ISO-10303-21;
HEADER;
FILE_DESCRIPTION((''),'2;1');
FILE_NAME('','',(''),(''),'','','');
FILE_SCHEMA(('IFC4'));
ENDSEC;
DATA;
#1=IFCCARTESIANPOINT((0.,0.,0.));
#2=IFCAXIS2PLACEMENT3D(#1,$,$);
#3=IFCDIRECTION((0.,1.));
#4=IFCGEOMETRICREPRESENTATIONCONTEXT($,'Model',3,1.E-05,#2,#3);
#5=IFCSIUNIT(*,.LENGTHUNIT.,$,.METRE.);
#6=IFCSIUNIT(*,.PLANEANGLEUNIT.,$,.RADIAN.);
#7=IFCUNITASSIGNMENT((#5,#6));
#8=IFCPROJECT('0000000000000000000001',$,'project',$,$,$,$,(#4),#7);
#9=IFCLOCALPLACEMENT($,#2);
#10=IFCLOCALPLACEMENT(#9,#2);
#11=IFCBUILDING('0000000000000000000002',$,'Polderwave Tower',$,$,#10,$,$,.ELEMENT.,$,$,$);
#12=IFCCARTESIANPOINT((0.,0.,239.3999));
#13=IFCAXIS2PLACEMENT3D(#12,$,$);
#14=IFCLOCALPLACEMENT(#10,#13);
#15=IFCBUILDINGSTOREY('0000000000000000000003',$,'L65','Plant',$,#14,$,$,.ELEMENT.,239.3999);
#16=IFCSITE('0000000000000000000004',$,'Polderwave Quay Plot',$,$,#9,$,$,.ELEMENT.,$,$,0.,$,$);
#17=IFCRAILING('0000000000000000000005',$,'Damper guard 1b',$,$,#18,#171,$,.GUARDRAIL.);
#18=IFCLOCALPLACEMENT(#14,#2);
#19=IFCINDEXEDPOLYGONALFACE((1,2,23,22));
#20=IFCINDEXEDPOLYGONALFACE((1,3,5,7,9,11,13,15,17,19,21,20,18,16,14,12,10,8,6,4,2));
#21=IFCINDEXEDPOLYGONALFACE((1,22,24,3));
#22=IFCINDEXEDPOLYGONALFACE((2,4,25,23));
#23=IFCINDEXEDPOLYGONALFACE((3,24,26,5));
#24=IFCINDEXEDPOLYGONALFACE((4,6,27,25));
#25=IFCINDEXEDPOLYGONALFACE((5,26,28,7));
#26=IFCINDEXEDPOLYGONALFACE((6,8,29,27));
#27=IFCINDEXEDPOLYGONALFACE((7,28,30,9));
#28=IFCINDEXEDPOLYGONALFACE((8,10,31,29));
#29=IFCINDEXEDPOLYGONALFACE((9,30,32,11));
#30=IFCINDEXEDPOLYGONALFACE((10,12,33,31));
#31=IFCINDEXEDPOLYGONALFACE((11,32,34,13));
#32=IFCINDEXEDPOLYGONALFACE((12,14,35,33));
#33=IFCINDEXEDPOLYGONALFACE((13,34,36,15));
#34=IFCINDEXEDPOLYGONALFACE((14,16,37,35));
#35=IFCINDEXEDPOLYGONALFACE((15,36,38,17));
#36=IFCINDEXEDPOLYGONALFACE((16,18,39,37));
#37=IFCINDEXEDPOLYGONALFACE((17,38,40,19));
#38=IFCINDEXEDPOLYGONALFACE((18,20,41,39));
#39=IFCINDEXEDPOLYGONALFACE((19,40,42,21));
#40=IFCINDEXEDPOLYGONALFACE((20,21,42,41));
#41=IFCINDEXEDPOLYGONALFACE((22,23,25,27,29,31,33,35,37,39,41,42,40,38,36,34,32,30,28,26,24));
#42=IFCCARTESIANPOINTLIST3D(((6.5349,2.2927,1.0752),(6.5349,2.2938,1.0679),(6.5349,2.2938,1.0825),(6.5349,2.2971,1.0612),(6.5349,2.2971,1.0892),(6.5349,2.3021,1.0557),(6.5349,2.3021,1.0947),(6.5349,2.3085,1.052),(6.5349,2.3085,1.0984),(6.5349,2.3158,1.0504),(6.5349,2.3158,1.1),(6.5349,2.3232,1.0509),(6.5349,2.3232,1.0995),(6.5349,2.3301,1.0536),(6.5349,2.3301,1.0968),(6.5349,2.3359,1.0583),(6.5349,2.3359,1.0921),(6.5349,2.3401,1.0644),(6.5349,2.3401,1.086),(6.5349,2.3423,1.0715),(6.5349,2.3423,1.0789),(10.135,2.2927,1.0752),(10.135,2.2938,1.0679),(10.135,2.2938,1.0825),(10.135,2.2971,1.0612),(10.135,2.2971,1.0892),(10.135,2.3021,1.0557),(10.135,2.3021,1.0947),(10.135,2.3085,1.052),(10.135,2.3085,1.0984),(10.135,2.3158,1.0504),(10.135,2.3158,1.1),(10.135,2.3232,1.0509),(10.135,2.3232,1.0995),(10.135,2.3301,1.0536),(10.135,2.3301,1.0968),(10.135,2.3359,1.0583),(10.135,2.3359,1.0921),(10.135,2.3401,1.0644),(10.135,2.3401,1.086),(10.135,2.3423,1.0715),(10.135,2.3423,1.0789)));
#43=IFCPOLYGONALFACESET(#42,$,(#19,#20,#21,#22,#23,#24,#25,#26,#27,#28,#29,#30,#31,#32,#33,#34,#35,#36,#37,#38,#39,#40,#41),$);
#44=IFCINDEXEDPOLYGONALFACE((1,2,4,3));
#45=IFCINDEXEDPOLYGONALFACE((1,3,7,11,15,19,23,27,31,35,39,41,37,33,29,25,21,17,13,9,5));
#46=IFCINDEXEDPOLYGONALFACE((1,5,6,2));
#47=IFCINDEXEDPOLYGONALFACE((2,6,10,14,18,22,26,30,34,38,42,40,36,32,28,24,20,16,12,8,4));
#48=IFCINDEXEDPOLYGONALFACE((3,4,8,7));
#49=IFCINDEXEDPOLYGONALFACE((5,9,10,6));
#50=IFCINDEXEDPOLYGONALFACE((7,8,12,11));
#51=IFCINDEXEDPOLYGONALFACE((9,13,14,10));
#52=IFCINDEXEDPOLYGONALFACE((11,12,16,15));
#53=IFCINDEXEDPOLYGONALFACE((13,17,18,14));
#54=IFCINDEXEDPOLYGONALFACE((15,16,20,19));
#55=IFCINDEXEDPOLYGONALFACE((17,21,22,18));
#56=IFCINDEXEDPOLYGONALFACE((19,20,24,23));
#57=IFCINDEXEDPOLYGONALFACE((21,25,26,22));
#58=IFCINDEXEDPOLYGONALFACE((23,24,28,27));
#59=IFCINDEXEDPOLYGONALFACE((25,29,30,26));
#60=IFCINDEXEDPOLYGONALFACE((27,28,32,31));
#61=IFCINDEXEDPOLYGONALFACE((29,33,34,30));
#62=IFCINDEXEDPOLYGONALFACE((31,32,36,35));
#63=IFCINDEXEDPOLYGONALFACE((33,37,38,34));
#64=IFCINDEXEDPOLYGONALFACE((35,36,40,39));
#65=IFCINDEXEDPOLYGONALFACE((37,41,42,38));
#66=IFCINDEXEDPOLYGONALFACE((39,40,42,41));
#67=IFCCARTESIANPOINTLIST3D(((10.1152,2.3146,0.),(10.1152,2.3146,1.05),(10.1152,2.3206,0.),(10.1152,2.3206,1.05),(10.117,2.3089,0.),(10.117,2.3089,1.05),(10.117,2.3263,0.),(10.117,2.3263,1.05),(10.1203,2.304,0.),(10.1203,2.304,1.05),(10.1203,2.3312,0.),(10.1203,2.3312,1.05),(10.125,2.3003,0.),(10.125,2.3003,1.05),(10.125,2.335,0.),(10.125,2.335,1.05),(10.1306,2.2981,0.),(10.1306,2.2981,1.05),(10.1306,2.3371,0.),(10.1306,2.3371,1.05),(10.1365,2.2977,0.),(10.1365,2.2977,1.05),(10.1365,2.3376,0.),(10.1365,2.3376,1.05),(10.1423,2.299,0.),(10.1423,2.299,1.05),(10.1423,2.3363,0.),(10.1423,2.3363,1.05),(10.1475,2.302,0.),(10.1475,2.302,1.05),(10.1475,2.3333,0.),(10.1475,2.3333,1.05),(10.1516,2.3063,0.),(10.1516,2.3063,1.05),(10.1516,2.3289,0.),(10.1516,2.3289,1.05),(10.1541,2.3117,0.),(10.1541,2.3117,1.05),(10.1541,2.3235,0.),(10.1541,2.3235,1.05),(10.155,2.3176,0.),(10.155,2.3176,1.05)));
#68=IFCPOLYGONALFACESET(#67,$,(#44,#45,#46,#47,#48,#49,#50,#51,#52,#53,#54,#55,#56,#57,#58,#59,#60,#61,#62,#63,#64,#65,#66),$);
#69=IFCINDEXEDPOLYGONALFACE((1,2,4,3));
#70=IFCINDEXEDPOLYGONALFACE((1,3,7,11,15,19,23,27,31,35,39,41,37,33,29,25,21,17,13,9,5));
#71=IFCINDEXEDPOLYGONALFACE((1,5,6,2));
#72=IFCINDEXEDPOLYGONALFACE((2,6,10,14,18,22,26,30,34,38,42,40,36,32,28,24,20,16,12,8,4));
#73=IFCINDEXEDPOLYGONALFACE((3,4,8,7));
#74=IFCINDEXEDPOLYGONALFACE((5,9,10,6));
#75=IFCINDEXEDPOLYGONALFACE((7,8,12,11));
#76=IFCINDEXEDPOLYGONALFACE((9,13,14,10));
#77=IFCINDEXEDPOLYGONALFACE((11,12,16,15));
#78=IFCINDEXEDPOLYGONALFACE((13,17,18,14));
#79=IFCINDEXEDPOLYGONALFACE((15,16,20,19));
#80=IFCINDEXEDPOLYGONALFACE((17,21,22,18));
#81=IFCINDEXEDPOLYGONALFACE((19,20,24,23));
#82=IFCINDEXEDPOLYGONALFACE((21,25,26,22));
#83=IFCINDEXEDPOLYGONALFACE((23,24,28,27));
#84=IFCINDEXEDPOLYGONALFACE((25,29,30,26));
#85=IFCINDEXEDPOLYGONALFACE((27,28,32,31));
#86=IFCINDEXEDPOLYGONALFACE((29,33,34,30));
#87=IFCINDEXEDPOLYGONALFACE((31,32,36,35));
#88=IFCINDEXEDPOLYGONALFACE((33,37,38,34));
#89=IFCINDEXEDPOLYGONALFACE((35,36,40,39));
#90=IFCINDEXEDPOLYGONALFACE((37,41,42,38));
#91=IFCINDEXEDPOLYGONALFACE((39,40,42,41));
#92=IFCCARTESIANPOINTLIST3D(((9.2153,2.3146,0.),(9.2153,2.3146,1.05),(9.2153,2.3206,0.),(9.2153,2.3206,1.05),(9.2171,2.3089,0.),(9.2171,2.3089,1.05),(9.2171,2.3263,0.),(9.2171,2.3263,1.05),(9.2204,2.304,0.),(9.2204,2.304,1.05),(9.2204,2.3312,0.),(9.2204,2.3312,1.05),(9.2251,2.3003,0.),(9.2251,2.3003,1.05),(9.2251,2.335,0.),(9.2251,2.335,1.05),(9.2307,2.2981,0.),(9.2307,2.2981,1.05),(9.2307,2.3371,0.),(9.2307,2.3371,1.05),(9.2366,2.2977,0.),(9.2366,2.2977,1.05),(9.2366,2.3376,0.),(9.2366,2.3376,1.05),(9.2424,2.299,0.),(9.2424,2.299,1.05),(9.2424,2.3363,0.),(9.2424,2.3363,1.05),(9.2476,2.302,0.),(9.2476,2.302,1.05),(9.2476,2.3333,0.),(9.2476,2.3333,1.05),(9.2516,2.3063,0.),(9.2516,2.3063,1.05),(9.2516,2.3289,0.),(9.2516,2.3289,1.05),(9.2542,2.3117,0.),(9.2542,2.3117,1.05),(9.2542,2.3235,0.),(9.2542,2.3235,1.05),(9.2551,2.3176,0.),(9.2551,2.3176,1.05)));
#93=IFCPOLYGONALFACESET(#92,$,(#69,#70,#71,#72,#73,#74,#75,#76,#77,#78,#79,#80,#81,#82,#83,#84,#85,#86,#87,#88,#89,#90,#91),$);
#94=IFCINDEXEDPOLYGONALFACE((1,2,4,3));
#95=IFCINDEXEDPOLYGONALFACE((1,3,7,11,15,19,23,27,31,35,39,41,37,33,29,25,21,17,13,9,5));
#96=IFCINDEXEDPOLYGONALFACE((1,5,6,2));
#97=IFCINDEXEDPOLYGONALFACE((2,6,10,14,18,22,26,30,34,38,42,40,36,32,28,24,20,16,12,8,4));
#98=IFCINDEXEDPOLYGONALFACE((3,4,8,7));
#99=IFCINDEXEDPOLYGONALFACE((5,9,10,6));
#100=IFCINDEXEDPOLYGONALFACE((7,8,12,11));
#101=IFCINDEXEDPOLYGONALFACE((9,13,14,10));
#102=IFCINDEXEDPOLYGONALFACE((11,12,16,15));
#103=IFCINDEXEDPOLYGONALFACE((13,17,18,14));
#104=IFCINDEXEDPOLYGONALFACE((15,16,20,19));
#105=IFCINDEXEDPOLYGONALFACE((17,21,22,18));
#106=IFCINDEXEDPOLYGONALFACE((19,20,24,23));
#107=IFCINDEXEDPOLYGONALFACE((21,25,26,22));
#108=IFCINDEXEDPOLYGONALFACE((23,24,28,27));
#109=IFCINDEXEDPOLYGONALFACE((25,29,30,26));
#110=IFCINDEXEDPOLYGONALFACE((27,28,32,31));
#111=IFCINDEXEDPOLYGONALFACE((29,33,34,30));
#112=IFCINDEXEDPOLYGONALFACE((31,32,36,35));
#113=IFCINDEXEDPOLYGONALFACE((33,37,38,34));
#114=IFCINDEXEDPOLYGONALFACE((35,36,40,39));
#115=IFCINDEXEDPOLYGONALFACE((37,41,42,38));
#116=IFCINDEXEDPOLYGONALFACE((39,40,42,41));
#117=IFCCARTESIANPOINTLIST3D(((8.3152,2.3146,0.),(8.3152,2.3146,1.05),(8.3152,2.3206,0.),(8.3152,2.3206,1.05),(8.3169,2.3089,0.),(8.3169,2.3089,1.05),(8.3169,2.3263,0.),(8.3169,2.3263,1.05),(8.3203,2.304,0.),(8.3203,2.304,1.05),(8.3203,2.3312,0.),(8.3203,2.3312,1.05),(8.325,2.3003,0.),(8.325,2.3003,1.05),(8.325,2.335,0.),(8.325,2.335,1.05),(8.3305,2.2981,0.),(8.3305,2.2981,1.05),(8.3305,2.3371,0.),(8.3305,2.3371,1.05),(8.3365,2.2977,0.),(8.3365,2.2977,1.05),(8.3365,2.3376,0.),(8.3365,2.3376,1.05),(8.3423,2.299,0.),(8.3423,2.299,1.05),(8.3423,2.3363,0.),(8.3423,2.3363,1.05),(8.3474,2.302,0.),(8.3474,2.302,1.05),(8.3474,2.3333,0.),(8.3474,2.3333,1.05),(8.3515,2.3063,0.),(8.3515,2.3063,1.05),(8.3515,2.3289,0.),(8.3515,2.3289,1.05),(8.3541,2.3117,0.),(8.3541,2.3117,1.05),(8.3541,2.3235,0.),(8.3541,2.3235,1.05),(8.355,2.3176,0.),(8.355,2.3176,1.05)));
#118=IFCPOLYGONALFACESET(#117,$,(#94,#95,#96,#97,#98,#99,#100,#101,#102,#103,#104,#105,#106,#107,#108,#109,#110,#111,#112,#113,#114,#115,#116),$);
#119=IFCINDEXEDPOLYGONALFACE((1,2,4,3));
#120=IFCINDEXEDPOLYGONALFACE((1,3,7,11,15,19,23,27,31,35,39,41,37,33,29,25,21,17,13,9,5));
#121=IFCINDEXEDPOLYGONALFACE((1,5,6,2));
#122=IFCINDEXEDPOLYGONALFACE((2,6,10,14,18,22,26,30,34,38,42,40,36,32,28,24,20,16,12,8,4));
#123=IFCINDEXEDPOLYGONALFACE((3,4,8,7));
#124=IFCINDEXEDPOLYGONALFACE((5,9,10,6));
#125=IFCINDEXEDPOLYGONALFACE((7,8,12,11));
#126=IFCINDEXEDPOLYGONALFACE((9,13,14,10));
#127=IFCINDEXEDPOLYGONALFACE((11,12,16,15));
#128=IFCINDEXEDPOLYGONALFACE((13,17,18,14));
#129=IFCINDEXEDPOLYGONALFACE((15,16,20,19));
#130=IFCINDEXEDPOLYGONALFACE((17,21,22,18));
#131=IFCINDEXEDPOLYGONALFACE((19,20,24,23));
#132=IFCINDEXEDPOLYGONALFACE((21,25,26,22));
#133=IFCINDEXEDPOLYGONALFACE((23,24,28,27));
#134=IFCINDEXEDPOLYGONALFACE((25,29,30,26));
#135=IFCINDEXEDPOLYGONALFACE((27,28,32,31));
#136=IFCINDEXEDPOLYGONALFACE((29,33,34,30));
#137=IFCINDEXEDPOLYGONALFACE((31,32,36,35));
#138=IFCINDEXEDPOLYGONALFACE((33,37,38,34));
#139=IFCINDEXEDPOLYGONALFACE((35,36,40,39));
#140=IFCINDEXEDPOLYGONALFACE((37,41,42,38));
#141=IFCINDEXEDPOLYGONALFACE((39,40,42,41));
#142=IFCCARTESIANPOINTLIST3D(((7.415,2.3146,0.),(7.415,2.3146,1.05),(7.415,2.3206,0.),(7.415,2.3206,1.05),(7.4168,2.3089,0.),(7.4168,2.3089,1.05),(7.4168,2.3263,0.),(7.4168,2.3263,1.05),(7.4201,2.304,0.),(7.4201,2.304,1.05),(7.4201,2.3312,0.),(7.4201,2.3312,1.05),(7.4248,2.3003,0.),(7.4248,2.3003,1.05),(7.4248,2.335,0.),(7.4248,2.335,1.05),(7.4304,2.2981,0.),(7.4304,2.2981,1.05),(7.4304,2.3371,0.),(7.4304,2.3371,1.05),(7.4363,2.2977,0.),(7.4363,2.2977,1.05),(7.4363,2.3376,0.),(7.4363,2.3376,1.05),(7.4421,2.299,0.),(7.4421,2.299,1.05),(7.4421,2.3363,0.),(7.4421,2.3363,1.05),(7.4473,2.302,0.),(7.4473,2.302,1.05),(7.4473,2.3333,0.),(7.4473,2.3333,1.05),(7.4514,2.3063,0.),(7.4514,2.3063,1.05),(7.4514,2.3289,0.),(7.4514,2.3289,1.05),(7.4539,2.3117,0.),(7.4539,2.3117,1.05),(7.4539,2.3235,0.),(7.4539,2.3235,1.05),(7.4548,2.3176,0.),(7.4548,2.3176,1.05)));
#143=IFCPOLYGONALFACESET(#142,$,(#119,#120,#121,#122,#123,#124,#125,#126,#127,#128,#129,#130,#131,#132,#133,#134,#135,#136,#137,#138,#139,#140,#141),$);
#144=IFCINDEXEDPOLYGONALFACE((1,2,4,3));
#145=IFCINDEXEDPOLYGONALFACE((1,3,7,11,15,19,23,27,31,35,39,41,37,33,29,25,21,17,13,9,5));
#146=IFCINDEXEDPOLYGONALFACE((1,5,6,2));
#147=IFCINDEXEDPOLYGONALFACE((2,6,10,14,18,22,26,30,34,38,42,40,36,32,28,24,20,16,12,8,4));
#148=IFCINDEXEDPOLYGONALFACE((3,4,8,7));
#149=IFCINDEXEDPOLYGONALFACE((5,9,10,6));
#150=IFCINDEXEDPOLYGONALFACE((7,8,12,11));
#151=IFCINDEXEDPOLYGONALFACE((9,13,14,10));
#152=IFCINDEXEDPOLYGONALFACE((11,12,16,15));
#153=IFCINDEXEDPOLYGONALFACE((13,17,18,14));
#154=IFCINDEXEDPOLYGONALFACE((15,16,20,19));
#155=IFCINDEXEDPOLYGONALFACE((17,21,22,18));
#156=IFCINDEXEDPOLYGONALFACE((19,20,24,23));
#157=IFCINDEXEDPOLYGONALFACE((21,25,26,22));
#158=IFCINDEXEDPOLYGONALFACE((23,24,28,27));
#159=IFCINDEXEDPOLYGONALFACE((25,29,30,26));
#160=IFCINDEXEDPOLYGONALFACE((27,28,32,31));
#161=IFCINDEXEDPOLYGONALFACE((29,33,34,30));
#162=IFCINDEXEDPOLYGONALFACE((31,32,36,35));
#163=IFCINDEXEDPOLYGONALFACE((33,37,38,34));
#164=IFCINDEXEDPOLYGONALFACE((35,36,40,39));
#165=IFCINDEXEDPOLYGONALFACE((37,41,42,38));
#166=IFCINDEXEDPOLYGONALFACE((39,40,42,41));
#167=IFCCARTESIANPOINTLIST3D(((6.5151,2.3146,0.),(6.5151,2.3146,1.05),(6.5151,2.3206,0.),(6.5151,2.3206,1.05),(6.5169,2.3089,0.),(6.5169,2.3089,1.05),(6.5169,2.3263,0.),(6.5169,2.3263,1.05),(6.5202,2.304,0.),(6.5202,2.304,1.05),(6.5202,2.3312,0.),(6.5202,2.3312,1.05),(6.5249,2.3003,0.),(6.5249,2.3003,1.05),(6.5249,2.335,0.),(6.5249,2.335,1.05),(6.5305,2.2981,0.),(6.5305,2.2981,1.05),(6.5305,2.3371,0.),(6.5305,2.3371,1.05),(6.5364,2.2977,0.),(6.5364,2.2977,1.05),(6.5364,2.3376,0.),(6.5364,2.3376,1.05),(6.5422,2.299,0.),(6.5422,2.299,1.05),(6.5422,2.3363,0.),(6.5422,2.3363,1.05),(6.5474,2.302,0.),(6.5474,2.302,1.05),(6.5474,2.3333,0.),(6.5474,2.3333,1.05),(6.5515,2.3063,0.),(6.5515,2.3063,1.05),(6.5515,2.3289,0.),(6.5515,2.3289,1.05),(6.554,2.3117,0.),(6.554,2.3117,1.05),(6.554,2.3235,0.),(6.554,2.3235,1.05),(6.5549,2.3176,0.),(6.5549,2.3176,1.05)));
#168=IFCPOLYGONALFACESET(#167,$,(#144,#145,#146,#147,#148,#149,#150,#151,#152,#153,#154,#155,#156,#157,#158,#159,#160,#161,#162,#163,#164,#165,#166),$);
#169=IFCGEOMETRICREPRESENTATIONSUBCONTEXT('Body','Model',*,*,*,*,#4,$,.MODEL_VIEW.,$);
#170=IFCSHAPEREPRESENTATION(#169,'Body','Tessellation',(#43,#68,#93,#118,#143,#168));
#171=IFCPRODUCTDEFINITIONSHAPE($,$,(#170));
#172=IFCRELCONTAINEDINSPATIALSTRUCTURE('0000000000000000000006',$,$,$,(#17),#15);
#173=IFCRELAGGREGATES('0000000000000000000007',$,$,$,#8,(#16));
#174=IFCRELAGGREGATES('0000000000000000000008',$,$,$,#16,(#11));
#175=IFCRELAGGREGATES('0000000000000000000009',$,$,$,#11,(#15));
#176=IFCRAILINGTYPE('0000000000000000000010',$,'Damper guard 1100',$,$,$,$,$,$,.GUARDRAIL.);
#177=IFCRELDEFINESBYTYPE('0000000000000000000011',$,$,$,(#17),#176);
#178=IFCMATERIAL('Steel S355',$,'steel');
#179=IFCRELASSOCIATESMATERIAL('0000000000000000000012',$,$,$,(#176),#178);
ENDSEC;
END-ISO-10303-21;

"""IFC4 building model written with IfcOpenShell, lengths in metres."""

from ifc_helpers import new_model, si_unit, direction, frame, origin, origin_2d, place, context, subcontext, project, spatial, circle, extrude, material, type_object, element, save


model = new_model("IFC4")

# Units and contexts
model_context = context("Model", 3, precision=1e-05, world=origin(), true_north=direction((0.0, 1.0)))
body_context = subcontext(model_context, "Body", "Model", "MODEL_VIEW")
ifc_project = project(units=[si_unit("LENGTHUNIT", "METRE"), si_unit("PLANEANGLEUNIT", "RADIAN")], contexts=[model_context])

# Site, building, storey
site_placement = place(None, origin())
site = spatial("IfcSite", under=ifc_project, at=site_placement, Name="Polderwave Quay Plot", CompositionType="ELEMENT", RefElevation=0.0)
building_placement = place(site_placement, origin())
building = spatial("IfcBuilding", under=site, at=building_placement, Name="Polderwave Tower", CompositionType="ELEMENT")
storey_placement = place(building_placement, frame((0.0, 0.0, 239.3999)))
storey = spatial("IfcBuildingStorey", under=building, at=storey_placement, Name="L65", Description="Plant", CompositionType="ELEMENT", Elevation=239.3999)

# Railing
ifc_material_1 = material(Name="Steel S355", Category="steel")
railing_type = type_object("IfcRailingType", Name="Damper guard 1100", PredefinedType="GUARDRAIL", material=ifc_material_1)
railing_placement = place(storey_placement, frame((10.135, 2.3176, 0.0)))
element("IfcRailing", 1, at=railing_placement, inside=storey, type_object=railing_type, Name="Damper guard 1b", PredefinedType="GUARDRAIL", context=body_context, shape_type="SweptSolid", body=[
    extrude(circle(Radius=0.0249, at=origin_2d()), frame((0.0, 0.0, 1.0752), z_axis=(-1.0, 0.0, 0.0), x_axis=(0.0, -1.0, 0.0)), (0.0, 0.0, 1.0), 3.6001),
    extrude(circle(Radius=0.02, at=origin_2d()), origin(), (0.0, 0.0, 1.0), 1.05),
    extrude(circle(Radius=0.02, at=origin_2d()), frame((-0.8999, 0.0, 0.0)), (0.0, 0.0, 1.0), 1.05),
    extrude(circle(Radius=0.02, at=origin_2d()), frame((-1.8, 0.0, 0.0)), (0.0, 0.0, 1.0), 1.05),
    extrude(circle(Radius=0.02, at=origin_2d()), frame((-2.7002, 0.0, 0.0)), (0.0, 0.0, 1.0), 1.05),
    extrude(circle(Radius=0.02, at=origin_2d()), frame((-3.6001, 0.0, 0.0)), (0.0, 0.0, 1.0), 1.05),
])

save(model, "model.ifc")
